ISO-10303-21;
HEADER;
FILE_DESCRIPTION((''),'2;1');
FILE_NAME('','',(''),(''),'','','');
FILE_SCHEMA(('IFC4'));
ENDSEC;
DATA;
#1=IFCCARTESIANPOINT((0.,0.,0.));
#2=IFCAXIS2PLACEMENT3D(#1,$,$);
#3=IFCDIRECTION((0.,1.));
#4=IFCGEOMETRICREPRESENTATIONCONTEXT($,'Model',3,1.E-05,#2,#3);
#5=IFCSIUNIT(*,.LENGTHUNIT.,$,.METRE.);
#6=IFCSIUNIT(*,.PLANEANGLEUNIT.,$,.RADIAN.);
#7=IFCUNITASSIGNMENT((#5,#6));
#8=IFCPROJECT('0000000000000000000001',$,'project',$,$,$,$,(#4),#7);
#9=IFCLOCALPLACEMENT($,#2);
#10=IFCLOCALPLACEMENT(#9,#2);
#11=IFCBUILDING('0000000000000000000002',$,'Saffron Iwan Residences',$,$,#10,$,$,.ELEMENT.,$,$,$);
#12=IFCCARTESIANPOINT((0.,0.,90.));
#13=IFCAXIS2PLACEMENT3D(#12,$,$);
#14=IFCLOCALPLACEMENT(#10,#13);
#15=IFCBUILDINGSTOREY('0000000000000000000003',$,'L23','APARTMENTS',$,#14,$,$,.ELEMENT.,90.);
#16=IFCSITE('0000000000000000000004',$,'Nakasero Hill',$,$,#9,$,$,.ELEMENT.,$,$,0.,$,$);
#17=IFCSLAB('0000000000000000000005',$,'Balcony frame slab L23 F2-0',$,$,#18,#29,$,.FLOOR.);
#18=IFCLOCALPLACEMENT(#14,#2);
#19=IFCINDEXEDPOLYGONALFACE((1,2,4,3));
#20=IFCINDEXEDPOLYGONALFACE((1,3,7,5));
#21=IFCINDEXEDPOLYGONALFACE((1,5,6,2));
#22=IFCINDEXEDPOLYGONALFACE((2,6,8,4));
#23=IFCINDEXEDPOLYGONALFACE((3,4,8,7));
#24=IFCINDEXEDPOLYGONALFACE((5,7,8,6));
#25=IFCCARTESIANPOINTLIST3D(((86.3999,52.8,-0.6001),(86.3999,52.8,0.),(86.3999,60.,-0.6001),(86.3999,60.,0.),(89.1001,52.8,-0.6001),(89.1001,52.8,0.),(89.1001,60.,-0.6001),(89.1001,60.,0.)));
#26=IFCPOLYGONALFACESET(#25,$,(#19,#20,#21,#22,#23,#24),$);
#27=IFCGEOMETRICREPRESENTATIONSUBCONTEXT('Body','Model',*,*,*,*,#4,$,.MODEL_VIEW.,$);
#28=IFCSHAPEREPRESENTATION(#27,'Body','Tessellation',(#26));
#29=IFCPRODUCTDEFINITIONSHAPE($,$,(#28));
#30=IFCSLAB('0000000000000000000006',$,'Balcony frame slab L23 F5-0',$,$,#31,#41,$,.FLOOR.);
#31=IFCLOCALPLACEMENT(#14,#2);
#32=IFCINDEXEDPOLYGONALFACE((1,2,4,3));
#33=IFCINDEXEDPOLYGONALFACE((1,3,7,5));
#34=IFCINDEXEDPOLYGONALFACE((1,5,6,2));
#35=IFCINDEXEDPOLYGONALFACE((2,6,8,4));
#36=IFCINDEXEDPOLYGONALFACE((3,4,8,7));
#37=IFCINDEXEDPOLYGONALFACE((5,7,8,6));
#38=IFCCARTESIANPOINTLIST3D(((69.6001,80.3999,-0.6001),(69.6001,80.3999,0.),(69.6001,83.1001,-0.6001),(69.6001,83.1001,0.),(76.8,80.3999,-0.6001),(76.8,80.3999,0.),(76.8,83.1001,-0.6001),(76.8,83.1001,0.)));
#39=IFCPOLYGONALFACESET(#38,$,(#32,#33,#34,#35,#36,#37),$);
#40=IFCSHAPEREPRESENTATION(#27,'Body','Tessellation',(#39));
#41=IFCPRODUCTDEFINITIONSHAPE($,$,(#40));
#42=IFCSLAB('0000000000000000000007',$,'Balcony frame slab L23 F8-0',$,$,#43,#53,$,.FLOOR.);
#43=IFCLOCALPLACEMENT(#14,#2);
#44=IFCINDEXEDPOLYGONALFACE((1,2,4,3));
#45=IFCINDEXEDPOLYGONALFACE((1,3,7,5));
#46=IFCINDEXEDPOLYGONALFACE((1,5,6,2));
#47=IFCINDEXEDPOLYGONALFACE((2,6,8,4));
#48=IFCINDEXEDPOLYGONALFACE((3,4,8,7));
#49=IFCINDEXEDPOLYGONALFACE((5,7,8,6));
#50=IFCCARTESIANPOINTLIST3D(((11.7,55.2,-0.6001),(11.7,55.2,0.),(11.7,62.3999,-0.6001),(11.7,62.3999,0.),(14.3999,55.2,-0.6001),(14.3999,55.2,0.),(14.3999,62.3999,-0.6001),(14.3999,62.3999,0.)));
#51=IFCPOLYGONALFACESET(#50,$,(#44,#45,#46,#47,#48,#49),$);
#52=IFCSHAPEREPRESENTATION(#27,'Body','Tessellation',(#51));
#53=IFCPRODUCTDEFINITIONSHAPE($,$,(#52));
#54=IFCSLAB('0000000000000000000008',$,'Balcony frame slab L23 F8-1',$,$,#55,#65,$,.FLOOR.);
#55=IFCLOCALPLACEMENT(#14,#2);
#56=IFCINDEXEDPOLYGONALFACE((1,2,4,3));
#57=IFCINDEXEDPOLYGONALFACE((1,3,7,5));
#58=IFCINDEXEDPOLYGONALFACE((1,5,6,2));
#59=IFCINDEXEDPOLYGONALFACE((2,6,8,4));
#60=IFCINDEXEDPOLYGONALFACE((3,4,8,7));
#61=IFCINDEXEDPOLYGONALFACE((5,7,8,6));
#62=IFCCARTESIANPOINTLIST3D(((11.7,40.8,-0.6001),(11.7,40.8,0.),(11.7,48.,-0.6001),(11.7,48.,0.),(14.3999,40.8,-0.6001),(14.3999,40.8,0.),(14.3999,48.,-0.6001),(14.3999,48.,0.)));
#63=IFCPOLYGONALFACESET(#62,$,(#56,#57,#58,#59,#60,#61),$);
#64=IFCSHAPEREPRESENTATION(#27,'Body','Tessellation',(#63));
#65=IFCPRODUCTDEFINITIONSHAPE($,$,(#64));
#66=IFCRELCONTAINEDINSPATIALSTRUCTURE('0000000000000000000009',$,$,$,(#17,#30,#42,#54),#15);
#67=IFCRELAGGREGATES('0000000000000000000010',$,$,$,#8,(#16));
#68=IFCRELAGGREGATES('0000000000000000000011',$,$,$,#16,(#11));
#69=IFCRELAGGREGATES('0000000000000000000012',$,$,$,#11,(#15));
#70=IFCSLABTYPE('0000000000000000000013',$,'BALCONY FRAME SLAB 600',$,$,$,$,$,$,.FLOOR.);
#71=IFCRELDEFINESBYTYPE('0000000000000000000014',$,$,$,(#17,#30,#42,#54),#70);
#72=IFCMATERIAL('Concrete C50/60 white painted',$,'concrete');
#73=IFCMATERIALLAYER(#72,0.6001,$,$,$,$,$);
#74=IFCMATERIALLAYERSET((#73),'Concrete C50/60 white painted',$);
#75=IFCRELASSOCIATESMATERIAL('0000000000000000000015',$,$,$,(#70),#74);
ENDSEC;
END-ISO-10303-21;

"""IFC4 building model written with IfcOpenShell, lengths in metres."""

from ifc_helpers import new_model, si_unit, direction, frame, origin, place, context, subcontext, project, spatial, polyline, outline, extrude, material, layer, layer_set, type_object, element, save


model = new_model("IFC4")

# Units and contexts
model_context = context("Model", 3, precision=1e-05, world=origin(), true_north=direction((0.0, 1.0)))
body_context = subcontext(model_context, "Body", "Model", "MODEL_VIEW")
ifc_project = project(units=[si_unit("LENGTHUNIT", "METRE"), si_unit("PLANEANGLEUNIT", "RADIAN")], contexts=[model_context])

# Site, building, storey
site_placement = place(None, origin())
site = spatial("IfcSite", under=ifc_project, at=site_placement, Name="Nakasero Hill", CompositionType="ELEMENT", RefElevation=0.0)
building_placement = place(site_placement, origin())
building = spatial("IfcBuilding", under=site, at=building_placement, Name="Saffron Iwan Residences", CompositionType="ELEMENT")
storey_placement = place(building_placement, frame((0.0, 0.0, 90.0)))
storey = spatial("IfcBuildingStorey", under=building, at=storey_placement, Name="L23", Description="APARTMENTS", CompositionType="ELEMENT", Elevation=90.0)

# Slabs
ifc_material_1 = material(Name="Concrete C50/60 white painted", Category="concrete")
ifc_layer_1 = layer(ifc_material_1, 0.6001)
ifc_layer_set_1 = layer_set([ifc_layer_1], Name="Concrete C50/60 white painted")
slab_type_1 = type_object("IfcSlabType", Name="BALCONY FRAME SLAB 600", PredefinedType="FLOOR", material=ifc_layer_set_1)
slab_1_placement = place(storey_placement, frame((0.0, 0.0, -0.6001)))
element("IfcSlab", 1, at=slab_1_placement, inside=storey, type_object=slab_type_1, Name="Balcony frame slab L23 F2-0", PredefinedType="FLOOR", context=body_context, shape_type="SweptSolid", body=[
    extrude(outline(polyline([(89.1001, 52.8), (89.1001, 60.0), (86.3999, 60.0), (86.3999, 52.8), (89.1001, 52.8)])), origin(), (0.0, 0.0, 1.0), 0.6001),
])
slab_2_placement = place(storey_placement, frame((0.0, 0.0, -0.6001)))
element("IfcSlab", 2, at=slab_2_placement, inside=storey, type_object=slab_type_1, Name="Balcony frame slab L23 F5-0", PredefinedType="FLOOR", context=body_context, shape_type="SweptSolid", body=[
    extrude(outline(polyline([(76.8, 83.1001), (69.6001, 83.1001), (69.6001, 80.3999), (76.8, 80.3999), (76.8, 83.1001)])), origin(), (0.0, 0.0, 1.0), 0.6001),
])
slab_3_placement = place(storey_placement, frame((0.0, 0.0, -0.6001)))
element("IfcSlab", 3, at=slab_3_placement, inside=storey, type_object=slab_type_1, Name="Balcony frame slab L23 F8-0", PredefinedType="FLOOR", context=body_context, shape_type="SweptSolid", body=[
    extrude(outline(polyline([(11.7, 62.3999), (11.7, 55.2), (14.3999, 55.2), (14.3999, 62.3999), (11.7, 62.3999)])), origin(), (0.0, 0.0, 1.0), 0.6001),
])
slab_4_placement = place(storey_placement, frame((0.0, 0.0, -0.6001)))
element("IfcSlab", 4, at=slab_4_placement, inside=storey, type_object=slab_type_1, Name="Balcony frame slab L23 F8-1", PredefinedType="FLOOR", context=body_context, shape_type="SweptSolid", body=[
    extrude(outline(polyline([(11.7, 48.0), (11.7, 40.8), (14.3999, 40.8), (14.3999, 48.0), (11.7, 48.0)])), origin(), (0.0, 0.0, 1.0), 0.6001),
])

save(model, "model.ifc")
